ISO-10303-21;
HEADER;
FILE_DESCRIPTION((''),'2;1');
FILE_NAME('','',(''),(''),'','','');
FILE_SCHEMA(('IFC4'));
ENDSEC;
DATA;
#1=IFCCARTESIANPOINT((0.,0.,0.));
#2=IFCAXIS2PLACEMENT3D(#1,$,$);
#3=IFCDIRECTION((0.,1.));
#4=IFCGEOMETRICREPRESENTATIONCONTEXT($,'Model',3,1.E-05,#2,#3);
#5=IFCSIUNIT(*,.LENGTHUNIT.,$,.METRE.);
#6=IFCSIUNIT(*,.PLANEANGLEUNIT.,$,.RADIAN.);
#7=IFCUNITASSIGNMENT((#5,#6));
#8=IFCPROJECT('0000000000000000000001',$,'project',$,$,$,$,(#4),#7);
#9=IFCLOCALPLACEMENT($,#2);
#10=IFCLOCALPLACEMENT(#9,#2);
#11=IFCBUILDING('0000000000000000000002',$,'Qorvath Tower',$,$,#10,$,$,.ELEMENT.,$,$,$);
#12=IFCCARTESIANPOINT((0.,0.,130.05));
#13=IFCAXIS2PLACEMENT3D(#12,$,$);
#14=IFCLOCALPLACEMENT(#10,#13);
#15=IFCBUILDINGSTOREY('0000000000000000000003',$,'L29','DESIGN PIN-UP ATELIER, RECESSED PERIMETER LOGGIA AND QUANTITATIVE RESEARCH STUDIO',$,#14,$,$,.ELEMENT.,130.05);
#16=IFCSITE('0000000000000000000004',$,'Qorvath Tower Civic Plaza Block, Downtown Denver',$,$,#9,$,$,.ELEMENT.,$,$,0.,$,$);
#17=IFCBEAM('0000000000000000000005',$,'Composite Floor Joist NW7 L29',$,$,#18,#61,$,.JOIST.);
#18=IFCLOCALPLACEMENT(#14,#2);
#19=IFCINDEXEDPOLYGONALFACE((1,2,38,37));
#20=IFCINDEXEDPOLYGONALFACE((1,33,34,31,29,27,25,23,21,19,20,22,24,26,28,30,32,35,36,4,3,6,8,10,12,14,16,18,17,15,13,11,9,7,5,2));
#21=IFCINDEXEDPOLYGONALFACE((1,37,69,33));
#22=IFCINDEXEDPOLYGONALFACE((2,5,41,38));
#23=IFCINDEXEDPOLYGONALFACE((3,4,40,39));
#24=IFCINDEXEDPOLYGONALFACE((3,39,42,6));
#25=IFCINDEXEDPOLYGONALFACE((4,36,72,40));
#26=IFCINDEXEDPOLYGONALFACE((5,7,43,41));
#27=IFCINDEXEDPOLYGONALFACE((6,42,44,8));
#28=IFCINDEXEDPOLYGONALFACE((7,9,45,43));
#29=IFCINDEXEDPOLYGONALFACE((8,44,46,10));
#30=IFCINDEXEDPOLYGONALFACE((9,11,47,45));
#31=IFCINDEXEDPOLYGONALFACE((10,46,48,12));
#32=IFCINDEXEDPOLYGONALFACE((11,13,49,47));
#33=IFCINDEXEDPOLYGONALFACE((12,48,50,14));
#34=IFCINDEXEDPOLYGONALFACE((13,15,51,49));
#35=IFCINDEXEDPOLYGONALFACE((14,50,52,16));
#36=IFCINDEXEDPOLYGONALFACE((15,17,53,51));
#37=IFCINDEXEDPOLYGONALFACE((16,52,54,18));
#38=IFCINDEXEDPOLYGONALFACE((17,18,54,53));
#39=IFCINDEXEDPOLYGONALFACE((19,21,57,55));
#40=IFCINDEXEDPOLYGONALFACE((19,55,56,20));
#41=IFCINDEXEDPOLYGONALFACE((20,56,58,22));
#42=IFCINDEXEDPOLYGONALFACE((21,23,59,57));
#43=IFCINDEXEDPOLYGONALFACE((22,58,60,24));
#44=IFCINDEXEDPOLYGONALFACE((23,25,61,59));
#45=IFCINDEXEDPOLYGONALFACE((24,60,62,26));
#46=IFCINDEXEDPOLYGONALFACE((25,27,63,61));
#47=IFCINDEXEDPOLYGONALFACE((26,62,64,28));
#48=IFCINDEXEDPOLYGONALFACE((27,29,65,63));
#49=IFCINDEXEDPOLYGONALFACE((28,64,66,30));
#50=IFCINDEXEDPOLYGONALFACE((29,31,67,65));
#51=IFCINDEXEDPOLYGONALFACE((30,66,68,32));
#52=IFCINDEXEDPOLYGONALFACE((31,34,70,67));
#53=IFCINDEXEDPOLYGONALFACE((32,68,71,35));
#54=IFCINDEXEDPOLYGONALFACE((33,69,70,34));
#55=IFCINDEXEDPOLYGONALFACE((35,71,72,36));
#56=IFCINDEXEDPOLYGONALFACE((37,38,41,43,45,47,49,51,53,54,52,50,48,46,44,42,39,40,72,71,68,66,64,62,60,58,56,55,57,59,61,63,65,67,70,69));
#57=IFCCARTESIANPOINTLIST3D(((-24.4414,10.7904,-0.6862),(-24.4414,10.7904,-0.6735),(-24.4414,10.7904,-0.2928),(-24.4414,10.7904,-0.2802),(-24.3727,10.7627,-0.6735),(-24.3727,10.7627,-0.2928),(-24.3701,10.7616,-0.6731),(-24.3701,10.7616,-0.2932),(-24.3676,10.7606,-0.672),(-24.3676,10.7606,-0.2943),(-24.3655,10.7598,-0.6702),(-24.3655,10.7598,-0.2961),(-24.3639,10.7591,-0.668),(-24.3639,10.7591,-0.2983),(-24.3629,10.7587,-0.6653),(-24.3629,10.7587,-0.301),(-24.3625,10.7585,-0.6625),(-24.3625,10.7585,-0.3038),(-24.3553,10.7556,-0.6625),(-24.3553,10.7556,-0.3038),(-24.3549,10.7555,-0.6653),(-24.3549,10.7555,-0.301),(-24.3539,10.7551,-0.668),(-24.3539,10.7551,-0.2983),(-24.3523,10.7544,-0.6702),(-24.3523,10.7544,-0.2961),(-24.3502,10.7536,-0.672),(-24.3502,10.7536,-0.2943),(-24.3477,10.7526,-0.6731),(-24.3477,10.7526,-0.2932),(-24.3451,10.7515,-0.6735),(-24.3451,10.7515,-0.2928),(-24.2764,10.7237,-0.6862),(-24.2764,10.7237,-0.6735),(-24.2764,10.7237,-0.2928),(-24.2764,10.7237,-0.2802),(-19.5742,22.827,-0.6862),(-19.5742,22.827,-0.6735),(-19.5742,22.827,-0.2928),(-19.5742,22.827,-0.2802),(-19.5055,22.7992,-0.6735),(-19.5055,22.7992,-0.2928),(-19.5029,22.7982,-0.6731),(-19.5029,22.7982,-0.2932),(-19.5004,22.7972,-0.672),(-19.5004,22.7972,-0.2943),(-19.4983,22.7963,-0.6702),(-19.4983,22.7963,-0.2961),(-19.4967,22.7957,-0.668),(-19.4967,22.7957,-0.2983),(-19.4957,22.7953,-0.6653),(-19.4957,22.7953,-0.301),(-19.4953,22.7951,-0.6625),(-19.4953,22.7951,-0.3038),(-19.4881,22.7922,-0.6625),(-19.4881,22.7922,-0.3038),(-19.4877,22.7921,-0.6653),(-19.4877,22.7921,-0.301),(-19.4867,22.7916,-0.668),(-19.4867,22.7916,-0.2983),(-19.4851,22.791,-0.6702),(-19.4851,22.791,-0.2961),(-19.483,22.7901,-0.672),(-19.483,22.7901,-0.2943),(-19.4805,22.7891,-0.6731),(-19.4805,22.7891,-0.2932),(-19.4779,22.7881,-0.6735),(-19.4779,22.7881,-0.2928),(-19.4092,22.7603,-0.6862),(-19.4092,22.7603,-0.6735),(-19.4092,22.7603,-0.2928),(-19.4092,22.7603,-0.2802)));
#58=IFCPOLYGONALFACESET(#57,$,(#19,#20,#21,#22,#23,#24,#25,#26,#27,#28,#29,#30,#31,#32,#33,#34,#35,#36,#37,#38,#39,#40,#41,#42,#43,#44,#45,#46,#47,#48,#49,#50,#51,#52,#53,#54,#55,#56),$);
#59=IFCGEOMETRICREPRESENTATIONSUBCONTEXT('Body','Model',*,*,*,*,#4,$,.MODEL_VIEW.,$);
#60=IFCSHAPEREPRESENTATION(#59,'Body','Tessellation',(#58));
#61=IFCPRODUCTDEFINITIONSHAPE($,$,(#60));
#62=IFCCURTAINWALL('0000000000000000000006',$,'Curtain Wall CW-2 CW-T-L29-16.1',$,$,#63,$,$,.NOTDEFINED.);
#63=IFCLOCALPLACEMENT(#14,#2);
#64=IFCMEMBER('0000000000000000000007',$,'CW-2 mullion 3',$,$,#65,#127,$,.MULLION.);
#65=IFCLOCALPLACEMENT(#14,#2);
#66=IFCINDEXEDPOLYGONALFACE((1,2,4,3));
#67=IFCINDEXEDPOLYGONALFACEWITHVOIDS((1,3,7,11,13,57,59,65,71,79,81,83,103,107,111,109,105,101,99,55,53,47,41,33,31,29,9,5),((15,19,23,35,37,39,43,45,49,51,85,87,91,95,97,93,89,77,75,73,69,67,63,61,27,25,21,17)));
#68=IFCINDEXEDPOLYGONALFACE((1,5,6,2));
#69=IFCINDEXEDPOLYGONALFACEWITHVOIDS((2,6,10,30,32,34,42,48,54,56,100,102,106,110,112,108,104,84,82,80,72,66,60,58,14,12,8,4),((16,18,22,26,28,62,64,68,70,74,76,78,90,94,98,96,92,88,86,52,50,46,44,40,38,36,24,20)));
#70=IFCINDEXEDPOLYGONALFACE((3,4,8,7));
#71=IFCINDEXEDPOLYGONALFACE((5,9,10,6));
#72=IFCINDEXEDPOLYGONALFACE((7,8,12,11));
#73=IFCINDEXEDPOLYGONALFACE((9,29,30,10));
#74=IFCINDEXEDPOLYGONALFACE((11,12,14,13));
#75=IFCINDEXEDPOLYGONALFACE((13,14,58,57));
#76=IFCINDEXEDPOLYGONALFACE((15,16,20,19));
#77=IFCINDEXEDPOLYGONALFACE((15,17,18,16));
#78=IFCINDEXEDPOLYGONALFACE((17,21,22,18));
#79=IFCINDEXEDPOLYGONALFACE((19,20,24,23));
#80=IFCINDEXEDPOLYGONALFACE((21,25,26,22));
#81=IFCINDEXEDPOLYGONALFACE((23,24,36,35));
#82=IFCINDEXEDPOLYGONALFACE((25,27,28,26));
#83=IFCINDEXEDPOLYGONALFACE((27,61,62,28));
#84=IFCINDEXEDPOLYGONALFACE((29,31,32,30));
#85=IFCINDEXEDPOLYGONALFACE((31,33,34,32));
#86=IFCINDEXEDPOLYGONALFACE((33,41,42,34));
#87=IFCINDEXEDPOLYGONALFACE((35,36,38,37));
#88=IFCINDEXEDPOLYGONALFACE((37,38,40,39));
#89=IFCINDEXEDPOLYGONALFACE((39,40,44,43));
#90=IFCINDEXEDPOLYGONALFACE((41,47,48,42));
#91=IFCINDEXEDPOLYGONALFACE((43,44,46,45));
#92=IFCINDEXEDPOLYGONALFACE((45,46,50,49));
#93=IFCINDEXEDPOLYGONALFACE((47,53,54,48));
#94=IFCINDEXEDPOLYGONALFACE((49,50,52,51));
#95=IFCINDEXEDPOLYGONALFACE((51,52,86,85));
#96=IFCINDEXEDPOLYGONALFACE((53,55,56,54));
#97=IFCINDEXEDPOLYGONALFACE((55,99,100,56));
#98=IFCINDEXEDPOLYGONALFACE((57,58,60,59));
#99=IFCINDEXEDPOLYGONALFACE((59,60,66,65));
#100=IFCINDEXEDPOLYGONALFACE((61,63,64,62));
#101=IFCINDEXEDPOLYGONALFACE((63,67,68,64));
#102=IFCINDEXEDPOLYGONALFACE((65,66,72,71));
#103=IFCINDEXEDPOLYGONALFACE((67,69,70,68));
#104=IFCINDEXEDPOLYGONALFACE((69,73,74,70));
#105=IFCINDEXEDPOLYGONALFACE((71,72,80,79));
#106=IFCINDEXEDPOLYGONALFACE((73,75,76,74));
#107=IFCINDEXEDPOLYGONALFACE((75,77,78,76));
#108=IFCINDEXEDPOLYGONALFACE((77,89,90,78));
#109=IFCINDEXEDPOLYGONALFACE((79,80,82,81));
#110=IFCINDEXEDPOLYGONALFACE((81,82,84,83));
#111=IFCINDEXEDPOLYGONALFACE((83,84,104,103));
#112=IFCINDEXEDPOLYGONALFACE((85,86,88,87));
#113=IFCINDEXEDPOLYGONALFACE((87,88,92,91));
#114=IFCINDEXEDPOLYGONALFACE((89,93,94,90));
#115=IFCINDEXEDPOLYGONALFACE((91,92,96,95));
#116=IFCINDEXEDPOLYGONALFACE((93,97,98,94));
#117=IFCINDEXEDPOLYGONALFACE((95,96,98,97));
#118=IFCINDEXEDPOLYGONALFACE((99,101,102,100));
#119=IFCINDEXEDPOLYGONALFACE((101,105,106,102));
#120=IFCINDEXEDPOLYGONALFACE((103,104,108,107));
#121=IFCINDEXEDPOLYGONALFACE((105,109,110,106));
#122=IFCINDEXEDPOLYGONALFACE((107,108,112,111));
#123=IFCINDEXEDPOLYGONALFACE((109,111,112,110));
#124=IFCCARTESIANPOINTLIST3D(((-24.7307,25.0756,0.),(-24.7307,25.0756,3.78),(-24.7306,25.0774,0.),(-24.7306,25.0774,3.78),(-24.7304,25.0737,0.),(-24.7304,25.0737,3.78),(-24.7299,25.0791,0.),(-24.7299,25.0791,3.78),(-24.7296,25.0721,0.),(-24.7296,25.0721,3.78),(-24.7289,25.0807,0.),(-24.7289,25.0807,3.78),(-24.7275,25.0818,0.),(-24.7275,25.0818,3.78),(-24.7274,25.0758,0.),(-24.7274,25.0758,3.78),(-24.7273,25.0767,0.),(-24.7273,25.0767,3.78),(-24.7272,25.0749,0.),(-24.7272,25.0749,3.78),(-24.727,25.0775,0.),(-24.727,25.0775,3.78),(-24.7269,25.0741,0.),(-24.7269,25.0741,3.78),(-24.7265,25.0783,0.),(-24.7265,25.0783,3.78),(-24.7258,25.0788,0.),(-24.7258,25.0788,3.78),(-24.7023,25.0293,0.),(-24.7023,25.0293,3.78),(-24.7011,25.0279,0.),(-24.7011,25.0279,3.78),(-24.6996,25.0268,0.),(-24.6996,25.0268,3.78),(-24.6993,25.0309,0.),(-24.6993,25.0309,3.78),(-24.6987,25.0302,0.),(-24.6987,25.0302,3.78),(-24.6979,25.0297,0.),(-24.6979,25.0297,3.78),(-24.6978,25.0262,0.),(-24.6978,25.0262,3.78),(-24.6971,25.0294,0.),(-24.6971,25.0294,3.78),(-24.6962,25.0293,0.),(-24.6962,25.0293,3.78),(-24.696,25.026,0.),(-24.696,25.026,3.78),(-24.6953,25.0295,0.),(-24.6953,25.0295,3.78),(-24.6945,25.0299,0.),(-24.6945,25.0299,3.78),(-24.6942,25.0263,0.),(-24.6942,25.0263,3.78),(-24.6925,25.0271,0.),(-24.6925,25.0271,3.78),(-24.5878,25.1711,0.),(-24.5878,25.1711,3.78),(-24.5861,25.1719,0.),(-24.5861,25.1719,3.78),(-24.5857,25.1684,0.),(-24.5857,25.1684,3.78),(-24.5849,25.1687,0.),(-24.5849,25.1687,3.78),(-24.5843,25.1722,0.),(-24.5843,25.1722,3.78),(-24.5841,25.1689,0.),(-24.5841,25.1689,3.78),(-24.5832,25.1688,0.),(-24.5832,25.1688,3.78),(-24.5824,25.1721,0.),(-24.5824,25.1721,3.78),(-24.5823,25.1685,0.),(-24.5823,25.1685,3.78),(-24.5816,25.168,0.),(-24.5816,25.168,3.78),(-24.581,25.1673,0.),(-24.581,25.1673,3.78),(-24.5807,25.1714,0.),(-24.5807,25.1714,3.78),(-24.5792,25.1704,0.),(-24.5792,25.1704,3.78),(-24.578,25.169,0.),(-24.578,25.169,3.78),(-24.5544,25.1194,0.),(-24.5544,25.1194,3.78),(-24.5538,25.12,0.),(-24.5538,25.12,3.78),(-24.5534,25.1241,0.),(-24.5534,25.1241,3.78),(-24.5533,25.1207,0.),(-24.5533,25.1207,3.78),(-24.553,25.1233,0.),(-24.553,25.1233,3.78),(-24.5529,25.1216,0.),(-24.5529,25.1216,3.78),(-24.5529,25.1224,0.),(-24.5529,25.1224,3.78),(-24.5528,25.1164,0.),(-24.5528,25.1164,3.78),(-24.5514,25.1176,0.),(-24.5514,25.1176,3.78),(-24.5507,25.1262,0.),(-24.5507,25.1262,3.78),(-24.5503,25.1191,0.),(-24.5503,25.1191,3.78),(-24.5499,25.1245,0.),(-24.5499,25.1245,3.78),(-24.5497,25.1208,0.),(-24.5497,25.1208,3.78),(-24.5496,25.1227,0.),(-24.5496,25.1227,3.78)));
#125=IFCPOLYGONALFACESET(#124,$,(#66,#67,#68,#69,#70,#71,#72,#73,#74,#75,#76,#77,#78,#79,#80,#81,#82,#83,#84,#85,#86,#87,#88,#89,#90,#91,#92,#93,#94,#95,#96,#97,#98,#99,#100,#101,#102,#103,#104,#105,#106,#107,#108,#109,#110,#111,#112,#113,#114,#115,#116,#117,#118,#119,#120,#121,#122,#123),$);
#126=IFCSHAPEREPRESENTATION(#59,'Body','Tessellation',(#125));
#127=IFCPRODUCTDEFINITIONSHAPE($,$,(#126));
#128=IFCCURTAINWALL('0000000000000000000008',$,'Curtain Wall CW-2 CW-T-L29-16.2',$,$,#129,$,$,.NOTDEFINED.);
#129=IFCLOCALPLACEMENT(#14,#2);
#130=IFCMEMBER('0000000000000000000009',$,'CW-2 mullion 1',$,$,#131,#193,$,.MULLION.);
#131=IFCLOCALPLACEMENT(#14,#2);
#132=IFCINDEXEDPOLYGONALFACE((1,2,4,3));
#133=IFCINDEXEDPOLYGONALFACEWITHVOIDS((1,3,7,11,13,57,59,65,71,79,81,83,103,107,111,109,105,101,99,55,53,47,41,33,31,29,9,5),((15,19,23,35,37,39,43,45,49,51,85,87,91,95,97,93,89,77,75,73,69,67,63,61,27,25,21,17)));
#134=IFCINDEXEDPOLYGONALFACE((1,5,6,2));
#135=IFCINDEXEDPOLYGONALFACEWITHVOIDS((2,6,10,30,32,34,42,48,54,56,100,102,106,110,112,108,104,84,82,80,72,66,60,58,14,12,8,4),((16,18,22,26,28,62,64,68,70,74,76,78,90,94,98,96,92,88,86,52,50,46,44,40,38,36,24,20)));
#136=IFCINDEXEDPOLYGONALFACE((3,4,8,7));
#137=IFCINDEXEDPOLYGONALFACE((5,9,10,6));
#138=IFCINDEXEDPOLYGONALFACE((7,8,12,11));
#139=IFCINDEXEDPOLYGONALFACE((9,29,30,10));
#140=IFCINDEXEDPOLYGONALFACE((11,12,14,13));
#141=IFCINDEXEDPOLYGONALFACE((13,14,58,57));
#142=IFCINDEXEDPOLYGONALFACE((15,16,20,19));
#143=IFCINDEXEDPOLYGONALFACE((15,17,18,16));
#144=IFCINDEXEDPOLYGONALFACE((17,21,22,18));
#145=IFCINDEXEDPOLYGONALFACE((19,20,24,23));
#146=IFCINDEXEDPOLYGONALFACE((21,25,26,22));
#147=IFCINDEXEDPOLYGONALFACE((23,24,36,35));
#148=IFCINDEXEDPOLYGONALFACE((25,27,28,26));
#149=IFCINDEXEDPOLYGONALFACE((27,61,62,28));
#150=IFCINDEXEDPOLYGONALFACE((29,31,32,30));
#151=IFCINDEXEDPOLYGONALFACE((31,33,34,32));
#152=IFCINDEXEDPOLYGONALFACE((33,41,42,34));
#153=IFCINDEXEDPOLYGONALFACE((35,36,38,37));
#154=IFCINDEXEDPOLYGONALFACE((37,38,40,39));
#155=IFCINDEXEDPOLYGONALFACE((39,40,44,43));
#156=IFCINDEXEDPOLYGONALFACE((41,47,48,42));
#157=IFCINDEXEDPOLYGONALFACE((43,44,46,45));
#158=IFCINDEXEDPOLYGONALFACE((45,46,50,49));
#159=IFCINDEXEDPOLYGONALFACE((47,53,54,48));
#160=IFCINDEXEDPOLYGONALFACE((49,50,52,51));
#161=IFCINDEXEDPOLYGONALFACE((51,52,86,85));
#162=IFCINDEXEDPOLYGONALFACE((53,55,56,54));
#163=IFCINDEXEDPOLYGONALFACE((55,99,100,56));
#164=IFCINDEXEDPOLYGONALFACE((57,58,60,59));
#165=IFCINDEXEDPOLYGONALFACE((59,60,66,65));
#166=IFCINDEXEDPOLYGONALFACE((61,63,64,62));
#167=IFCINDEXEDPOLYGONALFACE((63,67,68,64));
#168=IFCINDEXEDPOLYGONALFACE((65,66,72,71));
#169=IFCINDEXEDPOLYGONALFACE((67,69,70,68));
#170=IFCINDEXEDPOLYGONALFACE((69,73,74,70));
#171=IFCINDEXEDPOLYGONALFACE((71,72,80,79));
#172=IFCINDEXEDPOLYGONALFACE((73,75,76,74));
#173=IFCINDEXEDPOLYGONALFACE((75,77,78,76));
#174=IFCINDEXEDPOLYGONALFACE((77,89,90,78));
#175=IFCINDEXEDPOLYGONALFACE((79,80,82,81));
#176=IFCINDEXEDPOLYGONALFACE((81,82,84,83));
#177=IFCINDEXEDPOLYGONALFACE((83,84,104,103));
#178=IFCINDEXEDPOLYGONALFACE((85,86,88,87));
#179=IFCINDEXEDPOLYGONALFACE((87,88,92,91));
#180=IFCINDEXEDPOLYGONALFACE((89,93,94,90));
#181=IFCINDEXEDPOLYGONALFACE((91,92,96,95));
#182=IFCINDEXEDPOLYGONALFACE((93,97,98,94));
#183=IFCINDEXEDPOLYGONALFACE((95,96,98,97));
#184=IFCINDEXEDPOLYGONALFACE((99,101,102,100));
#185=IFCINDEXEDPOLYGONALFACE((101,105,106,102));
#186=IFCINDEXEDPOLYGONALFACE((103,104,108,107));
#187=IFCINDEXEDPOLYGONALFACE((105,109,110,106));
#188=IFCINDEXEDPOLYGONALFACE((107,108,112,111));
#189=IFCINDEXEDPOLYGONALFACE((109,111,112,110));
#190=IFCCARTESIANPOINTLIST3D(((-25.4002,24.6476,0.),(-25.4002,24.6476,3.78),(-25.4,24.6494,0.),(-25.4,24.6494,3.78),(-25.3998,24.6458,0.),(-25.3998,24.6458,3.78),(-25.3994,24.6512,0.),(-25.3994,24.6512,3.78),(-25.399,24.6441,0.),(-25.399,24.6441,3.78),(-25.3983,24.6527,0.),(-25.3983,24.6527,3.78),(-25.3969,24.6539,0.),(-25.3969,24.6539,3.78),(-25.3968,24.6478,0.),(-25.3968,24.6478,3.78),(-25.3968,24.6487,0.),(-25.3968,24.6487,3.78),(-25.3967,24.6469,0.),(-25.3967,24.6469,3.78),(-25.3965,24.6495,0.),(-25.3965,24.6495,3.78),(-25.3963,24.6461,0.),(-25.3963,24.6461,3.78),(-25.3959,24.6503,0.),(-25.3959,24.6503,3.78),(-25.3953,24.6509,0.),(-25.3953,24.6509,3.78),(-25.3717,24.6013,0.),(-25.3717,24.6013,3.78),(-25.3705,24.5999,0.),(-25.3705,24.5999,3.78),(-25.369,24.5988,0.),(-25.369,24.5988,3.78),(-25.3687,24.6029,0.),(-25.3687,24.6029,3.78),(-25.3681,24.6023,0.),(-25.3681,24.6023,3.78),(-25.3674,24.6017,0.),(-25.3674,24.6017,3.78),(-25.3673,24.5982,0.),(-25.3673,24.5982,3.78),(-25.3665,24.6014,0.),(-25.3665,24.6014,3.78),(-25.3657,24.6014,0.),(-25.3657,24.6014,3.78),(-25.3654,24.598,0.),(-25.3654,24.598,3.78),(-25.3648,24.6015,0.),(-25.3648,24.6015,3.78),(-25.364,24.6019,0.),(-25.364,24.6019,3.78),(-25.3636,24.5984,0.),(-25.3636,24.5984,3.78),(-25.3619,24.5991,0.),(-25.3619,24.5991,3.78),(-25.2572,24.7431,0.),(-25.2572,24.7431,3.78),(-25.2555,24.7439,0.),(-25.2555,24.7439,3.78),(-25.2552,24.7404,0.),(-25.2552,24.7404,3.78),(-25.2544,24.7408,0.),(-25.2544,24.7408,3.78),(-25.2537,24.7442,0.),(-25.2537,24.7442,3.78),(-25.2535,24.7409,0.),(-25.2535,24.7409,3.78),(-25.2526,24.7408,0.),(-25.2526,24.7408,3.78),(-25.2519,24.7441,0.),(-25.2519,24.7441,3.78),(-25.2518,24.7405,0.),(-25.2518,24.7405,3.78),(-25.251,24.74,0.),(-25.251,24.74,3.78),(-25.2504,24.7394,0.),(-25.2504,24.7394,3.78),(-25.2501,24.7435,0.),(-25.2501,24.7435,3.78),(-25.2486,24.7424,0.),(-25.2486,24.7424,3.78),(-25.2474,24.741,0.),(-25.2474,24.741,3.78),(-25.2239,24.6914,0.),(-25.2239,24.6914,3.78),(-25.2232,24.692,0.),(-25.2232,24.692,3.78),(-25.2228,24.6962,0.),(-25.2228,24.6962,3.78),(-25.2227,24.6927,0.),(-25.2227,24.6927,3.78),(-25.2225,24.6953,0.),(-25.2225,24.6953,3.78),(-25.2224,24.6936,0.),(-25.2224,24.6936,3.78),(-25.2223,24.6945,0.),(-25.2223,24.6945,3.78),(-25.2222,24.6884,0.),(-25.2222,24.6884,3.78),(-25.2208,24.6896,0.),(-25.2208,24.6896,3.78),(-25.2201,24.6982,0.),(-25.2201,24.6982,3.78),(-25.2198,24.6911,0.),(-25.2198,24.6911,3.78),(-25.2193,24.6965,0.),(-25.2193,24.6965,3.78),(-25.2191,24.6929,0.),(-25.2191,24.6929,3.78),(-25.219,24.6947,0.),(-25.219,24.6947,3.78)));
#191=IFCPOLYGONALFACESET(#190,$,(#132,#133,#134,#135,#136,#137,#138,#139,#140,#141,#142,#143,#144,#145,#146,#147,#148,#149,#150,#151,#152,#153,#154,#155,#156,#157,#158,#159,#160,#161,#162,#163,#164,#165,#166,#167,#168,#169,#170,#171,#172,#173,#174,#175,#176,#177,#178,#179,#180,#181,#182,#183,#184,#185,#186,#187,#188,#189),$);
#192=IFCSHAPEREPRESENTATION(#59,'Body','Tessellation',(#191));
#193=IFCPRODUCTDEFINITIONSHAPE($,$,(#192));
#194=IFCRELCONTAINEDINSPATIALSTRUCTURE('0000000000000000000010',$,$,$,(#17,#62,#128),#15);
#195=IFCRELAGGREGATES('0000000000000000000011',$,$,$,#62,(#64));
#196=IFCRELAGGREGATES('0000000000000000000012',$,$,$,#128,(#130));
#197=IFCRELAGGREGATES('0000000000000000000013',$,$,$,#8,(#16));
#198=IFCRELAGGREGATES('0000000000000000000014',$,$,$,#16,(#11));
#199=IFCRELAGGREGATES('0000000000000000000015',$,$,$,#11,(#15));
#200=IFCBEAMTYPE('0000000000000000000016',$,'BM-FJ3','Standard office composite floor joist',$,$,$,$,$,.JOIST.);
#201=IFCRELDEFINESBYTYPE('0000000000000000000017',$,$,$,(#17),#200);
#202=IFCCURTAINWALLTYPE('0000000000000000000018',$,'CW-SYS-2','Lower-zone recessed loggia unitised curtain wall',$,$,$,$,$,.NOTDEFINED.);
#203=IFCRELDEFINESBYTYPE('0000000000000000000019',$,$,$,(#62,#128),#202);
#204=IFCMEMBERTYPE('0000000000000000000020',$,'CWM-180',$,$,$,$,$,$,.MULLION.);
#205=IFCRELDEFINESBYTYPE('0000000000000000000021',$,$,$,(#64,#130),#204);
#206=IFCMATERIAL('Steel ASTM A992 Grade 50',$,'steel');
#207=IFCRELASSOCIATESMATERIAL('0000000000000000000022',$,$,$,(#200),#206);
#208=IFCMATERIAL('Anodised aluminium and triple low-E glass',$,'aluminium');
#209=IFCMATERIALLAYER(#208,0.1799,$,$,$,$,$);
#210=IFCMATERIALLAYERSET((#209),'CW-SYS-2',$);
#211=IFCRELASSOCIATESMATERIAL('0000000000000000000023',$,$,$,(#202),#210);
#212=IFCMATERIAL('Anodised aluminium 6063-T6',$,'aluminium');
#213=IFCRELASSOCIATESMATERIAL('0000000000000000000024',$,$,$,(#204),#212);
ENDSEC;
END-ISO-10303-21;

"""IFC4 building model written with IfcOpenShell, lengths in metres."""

from ifc_helpers import new_model, si_unit, direction, frame, origin, origin_2d, place, context, subcontext, project, spatial, hollow_rectangle, i_section, extrude, material, layer, layer_set, material_profile, profile_set, type_object, element, aggregate, save


model = new_model("IFC4")

# Units and contexts
model_context = context("Model", 3, precision=1e-05, world=origin(), true_north=direction((0.0, 1.0)))
body_context = subcontext(model_context, "Body", "Model", "MODEL_VIEW")
ifc_project = project(units=[si_unit("LENGTHUNIT", "METRE"), si_unit("PLANEANGLEUNIT", "RADIAN")], contexts=[model_context])

# Site, building, storey
site_placement = place(None, origin())
site = spatial("IfcSite", under=ifc_project, at=site_placement, Name="Qorvath Tower Civic Plaza Block, Downtown Denver", CompositionType="ELEMENT", RefElevation=0.0)
building_placement = place(site_placement, origin())
building = spatial("IfcBuilding", under=site, at=building_placement, Name="Qorvath Tower", CompositionType="ELEMENT")
storey_placement = place(building_placement, frame((0.0, 0.0, 130.05)))
storey = spatial("IfcBuildingStorey", under=building, at=storey_placement, Name="L29", Description="DESIGN PIN-UP ATELIER, RECESSED PERIMETER LOGGIA AND QUANTITATIVE RESEARCH STUDIO", CompositionType="ELEMENT", Elevation=130.05)

# Beam
ifc_material_1 = material(Name="Steel ASTM A992 Grade 50", Category="steel")
ifc_material_profile_1 = material_profile(ifc_material_1, i_section(OverallWidth=0.178, OverallDepth=0.406, WebThickness=0.0078, FlangeThickness=0.0127, FilletRadius=0.011, at=origin_2d()), Name="W16x40")
ifc_profile_set_1 = profile_set([ifc_material_profile_1], Name="Steel ASTM A992 Grade 50")
beam_type_1 = type_object("IfcBeamType", Name="BM-FJ3", Description="Standard office composite floor joist", PredefinedType="JOIST", material=ifc_profile_set_1)
beam_1_placement = place(storey_placement, frame((-24.3589, 10.7571, -0.4832), z_axis=(0.374877, 0.927075, 0.0), x_axis=(-0.927075, 0.374877, 0.0)))
element("IfcBeam", 1, at=beam_1_placement, inside=storey, type_object=beam_type_1, Name="Composite Floor Joist NW7 L29", PredefinedType="JOIST", context=body_context, shape_type="SweptSolid", body=[
    extrude(i_section(OverallWidth=0.178, OverallDepth=0.406, WebThickness=0.0078, FlangeThickness=0.0127, FilletRadius=0.011, at=origin_2d()), origin(), (0.0, 0.0, 1.0), 12.9834),
])

# Curtain wall, member
ifc_material_2 = material(Name="Anodised aluminium and triple low-E glass", Category="aluminium")
ifc_layer_1 = layer(ifc_material_2, 0.1799)
ifc_layer_set_1 = layer_set([ifc_layer_1], Name="CW-SYS-2")
curtain_wall_type = type_object("IfcCurtainWallType", Name="CW-SYS-2", Description="Lower-zone recessed loggia unitised curtain wall", PredefinedType="NOTDEFINED", material=ifc_layer_set_1)
curtain_wall_1_placement = place(storey_placement, origin())
curtain_wall_1 = element("IfcCurtainWall", 2, at=curtain_wall_1_placement, inside=storey, type_object=curtain_wall_type, Name="Curtain Wall CW-2 CW-T-L29-16.1", PredefinedType="NOTDEFINED")
ifc_material_3 = material(Name="Anodised aluminium 6063-T6", Category="aluminium")
ifc_material_profile_2 = material_profile(ifc_material_3, hollow_rectangle(XDim=0.0649, YDim=0.1799, WallThickness=0.0034, InnerFilletRadius=0.0034, OuterFilletRadius=0.0071, at=origin_2d()), Name="CWM 180x65")
ifc_profile_set_2 = profile_set([ifc_material_profile_2], Name="Anodised aluminium 6063-T6")
member_type_1 = type_object("IfcMemberType", Name="CWM-180", PredefinedType="MULLION", material=ifc_profile_set_2)
member_1_placement = place(storey_placement, frame((-24.6401, 25.0991, 0.0), z_axis=(0.0, 0.0, 1.0), x_axis=(0.538548, -0.842595, 0.0)))
member_1 = element("IfcMember", 3, at=member_1_placement, type_object=member_type_1, Name="CW-2 mullion 3", PredefinedType="MULLION", context=body_context, shape_type="SweptSolid", body=[
    extrude(hollow_rectangle(XDim=0.0649, YDim=0.1799, WallThickness=0.0034, InnerFilletRadius=0.0034, OuterFilletRadius=0.0071, at=origin_2d()), origin(), (0.0, 0.0, 1.0), 3.78),
])

# Curtain wall, member
curtain_wall_2_placement = place(storey_placement, origin())
curtain_wall_2 = element("IfcCurtainWall", 4, at=curtain_wall_2_placement, inside=storey, type_object=curtain_wall_type, Name="Curtain Wall CW-2 CW-T-L29-16.2", PredefinedType="NOTDEFINED")
member_2_placement = place(storey_placement, frame((-25.3096, 24.6711, 0.0), z_axis=(0.0, 0.0, 1.0), x_axis=(0.53853, -0.842607, 0.0)))
member_2 = element("IfcMember", 5, at=member_2_placement, type_object=member_type_1, Name="CW-2 mullion 1", PredefinedType="MULLION", context=body_context, shape_type="SweptSolid", body=[
    extrude(hollow_rectangle(XDim=0.0649, YDim=0.1799, WallThickness=0.0034, InnerFilletRadius=0.0034, OuterFilletRadius=0.0071, at=origin_2d()), origin(), (0.0, 0.0, 1.0), 3.78),
])

aggregate(curtain_wall_1, [member_1])
aggregate(curtain_wall_2, [member_2])

save(model, "model.ifc")
